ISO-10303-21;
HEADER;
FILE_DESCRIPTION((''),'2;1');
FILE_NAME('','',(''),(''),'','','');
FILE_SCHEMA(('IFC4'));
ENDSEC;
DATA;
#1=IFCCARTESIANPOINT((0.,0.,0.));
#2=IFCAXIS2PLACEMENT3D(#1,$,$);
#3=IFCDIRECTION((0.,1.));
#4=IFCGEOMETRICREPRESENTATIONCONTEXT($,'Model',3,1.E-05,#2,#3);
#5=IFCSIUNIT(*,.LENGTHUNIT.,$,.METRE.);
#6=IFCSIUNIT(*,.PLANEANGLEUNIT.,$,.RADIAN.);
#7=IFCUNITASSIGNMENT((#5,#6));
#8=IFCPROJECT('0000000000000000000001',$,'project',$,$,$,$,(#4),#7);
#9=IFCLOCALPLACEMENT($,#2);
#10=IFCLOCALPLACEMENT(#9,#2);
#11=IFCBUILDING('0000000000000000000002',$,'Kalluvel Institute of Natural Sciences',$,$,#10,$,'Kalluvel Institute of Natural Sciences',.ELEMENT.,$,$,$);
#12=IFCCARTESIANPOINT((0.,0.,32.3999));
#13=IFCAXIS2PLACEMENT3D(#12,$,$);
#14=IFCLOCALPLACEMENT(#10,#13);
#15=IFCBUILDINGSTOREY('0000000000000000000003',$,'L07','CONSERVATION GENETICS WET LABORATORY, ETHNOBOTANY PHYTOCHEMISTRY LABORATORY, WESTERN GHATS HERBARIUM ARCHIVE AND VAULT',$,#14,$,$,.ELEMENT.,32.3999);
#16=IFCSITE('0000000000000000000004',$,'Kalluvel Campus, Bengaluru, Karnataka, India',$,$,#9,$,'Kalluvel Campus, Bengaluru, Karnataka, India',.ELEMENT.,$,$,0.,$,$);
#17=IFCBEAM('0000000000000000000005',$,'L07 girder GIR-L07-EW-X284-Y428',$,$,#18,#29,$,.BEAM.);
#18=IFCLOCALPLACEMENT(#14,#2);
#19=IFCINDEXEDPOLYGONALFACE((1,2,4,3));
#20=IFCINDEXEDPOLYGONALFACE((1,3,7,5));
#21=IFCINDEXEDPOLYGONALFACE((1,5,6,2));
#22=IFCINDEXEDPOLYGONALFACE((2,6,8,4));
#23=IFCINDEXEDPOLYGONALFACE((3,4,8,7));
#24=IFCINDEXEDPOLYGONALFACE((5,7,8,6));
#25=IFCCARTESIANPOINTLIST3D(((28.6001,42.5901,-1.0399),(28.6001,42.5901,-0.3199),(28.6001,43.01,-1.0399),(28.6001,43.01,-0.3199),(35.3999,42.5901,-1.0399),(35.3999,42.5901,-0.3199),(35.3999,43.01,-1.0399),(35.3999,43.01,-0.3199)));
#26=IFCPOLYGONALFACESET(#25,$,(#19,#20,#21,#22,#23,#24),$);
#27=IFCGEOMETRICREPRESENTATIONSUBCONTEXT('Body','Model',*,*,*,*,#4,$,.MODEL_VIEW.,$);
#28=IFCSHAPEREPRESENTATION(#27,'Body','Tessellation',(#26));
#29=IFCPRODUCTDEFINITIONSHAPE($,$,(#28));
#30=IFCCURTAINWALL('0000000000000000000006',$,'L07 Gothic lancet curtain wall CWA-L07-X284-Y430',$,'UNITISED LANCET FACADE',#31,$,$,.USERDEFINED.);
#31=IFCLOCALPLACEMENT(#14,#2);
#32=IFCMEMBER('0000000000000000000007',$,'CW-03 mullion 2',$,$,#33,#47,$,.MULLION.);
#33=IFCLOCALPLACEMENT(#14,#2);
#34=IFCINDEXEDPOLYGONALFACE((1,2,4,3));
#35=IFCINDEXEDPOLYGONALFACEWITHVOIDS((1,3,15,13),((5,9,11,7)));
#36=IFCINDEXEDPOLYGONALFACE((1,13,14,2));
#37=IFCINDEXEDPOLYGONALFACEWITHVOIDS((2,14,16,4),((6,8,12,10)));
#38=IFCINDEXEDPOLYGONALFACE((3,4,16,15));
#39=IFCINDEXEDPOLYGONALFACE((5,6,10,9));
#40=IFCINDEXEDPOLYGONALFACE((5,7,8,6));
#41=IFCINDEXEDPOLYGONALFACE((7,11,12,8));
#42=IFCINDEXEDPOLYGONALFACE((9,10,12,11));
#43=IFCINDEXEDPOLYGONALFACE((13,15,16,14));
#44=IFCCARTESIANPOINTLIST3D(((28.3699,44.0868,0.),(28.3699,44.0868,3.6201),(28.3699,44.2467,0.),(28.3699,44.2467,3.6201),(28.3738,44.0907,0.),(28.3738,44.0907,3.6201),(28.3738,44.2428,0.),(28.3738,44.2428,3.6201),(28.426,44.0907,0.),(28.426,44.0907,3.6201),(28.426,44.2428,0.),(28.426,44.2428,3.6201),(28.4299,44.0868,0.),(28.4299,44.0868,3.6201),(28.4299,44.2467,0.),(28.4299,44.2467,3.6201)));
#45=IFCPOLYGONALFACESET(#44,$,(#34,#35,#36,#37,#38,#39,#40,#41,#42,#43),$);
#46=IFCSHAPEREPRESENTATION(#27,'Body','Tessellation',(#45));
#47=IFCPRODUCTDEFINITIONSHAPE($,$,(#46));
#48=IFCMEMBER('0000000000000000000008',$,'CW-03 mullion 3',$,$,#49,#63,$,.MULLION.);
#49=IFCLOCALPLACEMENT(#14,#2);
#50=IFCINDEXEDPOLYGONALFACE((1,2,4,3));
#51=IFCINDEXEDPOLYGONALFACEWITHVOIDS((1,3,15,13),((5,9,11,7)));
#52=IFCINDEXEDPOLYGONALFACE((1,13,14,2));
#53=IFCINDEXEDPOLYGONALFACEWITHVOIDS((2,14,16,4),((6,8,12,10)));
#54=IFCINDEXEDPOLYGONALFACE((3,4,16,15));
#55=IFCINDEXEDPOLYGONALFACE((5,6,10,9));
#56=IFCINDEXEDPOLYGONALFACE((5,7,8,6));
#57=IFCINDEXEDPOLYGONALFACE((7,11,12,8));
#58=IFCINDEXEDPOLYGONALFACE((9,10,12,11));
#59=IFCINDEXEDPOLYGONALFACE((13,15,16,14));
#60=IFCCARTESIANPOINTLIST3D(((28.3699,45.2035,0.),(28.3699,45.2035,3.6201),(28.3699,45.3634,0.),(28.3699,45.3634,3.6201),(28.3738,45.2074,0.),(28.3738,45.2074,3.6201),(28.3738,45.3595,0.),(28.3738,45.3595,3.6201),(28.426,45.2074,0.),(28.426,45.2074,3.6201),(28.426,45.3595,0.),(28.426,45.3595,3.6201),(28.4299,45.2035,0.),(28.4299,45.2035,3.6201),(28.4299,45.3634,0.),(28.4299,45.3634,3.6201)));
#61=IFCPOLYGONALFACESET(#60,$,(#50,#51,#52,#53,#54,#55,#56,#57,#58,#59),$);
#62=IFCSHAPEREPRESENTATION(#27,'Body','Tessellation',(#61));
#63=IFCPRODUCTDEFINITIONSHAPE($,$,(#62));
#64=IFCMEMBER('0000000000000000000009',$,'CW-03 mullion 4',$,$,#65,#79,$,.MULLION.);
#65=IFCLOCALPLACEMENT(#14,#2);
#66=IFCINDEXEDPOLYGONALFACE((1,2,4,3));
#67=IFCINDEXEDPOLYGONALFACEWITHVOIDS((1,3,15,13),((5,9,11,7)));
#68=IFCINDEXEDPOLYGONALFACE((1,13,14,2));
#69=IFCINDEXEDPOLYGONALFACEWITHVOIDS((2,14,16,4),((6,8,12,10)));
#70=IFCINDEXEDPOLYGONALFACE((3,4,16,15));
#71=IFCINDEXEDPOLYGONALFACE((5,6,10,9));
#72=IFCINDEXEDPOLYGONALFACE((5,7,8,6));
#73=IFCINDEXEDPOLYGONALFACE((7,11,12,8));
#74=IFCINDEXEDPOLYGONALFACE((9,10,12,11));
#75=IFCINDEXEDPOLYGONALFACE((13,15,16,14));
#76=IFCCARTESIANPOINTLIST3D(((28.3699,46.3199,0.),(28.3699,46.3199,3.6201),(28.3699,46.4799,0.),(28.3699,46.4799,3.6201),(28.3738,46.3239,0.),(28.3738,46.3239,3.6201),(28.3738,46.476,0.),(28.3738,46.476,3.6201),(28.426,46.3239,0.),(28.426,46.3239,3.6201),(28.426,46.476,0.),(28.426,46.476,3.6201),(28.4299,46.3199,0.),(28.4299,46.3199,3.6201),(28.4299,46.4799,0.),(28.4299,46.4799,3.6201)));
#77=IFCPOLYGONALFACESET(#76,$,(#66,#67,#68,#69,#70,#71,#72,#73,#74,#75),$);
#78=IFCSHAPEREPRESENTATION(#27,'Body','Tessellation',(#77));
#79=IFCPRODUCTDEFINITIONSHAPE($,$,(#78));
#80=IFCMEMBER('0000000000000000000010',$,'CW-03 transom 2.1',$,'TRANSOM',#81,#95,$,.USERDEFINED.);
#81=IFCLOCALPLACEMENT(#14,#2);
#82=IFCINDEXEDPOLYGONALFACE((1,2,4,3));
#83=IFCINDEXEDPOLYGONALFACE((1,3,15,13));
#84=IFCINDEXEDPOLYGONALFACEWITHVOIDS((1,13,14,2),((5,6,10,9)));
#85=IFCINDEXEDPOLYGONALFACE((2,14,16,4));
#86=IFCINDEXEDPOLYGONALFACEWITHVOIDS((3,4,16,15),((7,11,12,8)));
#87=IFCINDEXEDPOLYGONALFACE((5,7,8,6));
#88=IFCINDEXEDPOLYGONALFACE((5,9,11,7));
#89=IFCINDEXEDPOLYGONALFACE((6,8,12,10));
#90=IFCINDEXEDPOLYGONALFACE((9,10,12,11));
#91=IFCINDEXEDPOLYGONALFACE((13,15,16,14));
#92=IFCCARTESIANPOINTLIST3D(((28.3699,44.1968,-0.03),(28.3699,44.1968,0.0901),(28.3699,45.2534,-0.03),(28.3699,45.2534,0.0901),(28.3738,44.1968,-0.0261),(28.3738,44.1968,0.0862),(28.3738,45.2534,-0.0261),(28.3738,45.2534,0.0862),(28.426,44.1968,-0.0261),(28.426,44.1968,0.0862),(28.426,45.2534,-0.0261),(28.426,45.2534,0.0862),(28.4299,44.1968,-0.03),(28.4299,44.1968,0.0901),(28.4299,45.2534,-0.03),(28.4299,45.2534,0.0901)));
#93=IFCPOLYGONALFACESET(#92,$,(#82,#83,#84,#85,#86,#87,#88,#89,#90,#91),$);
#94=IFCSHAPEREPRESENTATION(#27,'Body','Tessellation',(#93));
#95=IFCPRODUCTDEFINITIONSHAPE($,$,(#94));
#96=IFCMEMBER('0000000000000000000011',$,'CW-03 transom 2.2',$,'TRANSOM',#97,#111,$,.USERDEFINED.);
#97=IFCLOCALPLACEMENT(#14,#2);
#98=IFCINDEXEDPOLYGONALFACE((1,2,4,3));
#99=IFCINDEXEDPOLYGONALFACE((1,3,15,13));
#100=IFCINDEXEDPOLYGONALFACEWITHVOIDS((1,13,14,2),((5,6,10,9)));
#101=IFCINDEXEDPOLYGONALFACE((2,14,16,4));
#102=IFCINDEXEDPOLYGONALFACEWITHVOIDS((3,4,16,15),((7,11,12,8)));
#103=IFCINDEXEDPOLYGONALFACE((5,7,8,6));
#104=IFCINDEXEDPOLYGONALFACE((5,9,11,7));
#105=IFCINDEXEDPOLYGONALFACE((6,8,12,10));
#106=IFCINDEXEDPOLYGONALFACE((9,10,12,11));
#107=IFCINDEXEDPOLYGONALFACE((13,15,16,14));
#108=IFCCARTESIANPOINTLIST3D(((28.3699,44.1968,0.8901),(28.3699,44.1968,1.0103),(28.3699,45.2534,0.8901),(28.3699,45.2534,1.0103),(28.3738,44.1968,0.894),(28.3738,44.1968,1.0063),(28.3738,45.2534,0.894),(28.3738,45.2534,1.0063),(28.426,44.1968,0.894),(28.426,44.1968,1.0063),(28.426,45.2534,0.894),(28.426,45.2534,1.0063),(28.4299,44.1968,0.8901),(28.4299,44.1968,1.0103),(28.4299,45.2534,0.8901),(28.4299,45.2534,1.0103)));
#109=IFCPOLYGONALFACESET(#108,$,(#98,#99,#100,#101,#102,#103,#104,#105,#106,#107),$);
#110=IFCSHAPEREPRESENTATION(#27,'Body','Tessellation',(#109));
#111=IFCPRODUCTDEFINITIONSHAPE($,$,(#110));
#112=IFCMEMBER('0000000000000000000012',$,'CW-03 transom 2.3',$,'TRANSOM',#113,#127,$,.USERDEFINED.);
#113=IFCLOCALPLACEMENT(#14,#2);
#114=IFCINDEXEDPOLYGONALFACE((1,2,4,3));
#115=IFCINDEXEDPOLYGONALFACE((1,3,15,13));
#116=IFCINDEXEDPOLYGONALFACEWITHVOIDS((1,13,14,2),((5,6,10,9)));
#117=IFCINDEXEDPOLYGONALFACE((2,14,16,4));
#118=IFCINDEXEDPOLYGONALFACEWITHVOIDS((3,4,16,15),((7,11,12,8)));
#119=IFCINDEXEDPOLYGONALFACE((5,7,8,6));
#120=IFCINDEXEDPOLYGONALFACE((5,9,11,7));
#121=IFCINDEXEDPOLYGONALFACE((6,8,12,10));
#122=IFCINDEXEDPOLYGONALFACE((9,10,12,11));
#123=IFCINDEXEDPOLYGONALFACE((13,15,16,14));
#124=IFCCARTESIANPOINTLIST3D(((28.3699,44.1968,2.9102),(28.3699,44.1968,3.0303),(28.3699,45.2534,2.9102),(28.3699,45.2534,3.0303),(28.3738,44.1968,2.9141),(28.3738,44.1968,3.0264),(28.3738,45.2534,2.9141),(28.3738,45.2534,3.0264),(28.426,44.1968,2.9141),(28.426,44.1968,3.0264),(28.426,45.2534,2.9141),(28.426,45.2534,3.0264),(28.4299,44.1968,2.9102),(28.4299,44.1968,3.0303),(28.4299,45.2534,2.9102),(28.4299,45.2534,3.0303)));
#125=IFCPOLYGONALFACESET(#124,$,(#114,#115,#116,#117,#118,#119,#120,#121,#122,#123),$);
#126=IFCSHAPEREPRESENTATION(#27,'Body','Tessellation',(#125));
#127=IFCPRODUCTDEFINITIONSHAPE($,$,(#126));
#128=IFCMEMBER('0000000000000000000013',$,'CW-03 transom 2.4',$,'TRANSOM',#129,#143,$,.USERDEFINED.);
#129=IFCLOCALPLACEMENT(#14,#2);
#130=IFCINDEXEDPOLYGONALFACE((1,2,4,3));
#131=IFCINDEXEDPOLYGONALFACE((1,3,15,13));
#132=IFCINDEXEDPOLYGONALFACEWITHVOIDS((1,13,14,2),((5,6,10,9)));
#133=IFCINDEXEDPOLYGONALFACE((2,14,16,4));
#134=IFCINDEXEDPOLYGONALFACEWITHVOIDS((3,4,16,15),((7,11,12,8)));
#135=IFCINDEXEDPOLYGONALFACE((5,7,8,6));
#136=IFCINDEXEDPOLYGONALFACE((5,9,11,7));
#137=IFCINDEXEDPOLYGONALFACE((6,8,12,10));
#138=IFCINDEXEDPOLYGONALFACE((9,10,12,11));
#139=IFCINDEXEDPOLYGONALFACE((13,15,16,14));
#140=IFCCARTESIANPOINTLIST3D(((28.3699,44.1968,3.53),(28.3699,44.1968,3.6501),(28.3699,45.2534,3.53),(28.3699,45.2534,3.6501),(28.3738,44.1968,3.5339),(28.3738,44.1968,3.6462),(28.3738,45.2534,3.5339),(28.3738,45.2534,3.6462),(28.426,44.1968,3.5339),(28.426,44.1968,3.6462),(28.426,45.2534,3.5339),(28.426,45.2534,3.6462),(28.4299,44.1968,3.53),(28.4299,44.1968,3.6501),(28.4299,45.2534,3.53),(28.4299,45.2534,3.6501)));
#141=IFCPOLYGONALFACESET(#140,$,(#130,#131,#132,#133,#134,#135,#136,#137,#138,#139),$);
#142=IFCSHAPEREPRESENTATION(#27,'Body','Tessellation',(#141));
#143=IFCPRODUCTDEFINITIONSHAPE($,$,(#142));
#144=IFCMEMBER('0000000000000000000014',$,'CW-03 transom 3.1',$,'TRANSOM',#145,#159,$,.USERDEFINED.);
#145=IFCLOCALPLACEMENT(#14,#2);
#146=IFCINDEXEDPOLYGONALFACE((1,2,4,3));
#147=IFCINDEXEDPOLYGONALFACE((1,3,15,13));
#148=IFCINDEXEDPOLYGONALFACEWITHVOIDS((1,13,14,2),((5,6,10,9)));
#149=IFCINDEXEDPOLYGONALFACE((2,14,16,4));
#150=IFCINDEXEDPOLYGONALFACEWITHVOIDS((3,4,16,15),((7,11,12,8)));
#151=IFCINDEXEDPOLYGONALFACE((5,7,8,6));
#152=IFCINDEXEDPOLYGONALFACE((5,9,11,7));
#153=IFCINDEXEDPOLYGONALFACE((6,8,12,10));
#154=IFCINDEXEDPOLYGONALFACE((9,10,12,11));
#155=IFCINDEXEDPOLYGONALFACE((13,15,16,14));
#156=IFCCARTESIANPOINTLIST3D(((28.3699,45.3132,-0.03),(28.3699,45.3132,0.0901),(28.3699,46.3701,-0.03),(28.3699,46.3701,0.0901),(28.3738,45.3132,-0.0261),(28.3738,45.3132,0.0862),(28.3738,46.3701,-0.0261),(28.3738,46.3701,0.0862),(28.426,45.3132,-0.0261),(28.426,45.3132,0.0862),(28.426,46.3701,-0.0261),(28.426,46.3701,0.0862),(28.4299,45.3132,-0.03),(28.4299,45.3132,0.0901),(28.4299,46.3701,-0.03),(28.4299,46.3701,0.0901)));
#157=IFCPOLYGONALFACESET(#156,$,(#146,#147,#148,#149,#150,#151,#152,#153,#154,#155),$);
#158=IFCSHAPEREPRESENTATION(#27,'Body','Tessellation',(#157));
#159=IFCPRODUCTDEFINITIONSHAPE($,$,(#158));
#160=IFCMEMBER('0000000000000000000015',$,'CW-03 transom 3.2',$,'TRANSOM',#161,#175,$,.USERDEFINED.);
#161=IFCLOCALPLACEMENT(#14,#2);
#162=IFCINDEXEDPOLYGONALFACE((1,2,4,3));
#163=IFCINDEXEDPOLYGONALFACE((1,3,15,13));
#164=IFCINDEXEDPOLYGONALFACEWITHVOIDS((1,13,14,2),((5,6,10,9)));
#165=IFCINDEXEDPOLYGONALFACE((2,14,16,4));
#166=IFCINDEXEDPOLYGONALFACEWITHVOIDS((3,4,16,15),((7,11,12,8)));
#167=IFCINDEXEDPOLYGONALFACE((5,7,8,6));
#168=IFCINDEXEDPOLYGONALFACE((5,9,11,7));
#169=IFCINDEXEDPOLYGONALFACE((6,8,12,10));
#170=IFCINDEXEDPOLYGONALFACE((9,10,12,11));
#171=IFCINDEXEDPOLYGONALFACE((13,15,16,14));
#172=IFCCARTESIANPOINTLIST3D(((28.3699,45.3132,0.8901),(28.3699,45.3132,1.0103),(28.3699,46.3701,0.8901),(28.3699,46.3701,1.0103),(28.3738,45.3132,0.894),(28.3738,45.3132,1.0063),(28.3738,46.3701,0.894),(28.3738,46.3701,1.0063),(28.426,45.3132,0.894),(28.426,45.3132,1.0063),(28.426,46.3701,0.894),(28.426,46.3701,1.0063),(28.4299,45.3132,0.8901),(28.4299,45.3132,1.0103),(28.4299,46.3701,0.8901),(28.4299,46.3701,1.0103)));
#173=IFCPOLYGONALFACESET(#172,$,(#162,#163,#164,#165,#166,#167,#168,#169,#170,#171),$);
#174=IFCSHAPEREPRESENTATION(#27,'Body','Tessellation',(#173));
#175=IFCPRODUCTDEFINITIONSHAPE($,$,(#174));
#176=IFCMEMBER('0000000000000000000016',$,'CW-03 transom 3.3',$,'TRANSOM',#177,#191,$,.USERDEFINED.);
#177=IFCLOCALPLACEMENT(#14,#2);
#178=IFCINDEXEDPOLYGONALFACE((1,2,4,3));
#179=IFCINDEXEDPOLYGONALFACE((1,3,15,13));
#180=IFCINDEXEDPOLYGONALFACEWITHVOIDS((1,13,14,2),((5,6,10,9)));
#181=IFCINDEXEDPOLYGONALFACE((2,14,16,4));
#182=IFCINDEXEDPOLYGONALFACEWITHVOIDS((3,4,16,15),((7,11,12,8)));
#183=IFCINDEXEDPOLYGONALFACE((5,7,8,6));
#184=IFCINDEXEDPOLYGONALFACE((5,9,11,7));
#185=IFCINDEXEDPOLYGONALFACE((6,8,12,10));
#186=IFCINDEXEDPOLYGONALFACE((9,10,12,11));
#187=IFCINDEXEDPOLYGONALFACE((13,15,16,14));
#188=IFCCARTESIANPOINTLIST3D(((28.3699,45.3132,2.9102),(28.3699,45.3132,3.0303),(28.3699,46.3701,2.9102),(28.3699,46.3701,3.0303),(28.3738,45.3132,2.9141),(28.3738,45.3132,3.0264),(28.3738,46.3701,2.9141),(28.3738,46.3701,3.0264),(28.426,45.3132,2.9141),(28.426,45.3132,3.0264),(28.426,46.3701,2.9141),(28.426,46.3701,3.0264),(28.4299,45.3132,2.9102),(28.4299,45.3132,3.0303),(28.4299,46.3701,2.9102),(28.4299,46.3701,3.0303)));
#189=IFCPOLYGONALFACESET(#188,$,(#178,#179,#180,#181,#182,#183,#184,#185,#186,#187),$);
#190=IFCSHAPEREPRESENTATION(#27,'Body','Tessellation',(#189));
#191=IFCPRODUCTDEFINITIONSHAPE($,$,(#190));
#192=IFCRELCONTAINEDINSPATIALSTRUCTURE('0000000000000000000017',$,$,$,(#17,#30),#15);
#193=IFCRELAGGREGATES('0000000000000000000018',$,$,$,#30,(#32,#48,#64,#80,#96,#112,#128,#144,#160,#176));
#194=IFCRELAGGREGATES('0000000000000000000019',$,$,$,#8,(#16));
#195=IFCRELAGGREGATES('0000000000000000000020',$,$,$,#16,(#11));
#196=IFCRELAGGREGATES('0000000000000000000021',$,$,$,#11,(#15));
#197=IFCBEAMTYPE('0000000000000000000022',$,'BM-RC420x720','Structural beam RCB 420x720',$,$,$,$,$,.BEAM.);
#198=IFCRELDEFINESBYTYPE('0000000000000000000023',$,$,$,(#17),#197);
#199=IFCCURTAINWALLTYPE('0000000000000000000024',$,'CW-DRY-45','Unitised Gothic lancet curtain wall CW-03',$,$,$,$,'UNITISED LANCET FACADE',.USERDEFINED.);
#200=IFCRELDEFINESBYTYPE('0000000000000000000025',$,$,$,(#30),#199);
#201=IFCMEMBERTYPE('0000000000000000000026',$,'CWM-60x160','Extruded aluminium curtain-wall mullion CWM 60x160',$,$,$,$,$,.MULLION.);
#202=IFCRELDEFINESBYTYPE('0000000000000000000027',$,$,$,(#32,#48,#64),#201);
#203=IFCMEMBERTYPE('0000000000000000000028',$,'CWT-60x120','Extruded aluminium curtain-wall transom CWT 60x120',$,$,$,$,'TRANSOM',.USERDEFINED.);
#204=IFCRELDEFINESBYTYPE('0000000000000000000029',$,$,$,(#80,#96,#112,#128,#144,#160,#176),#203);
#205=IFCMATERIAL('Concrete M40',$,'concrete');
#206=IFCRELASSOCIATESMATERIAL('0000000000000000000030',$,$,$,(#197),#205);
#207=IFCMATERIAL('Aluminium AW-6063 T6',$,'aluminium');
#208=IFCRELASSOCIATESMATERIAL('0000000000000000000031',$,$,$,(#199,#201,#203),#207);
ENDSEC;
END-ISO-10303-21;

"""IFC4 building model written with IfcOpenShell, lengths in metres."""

from ifc_helpers import new_model, si_unit, direction, frame, origin, origin_2d, place, context, subcontext, project, spatial, rectangle, hollow_rectangle, extrude, material, material_profile, profile_set, type_object, element, aggregate, save


model = new_model("IFC4")

# Units and contexts
model_context = context("Model", 3, precision=1e-05, world=origin(), true_north=direction((0.0, 1.0)))
body_context = subcontext(model_context, "Body", "Model", "MODEL_VIEW")
ifc_project = project(units=[si_unit("LENGTHUNIT", "METRE"), si_unit("PLANEANGLEUNIT", "RADIAN")], contexts=[model_context])

# Site, building, storey
site_placement = place(None, origin())
site = spatial("IfcSite", under=ifc_project, at=site_placement, Name="Kalluvel Campus, Bengaluru, Karnataka, India", LongName="Kalluvel Campus, Bengaluru, Karnataka, India", CompositionType="ELEMENT", RefElevation=0.0)
building_placement = place(site_placement, origin())
building = spatial("IfcBuilding", under=site, at=building_placement, Name="Kalluvel Institute of Natural Sciences", LongName="Kalluvel Institute of Natural Sciences", CompositionType="ELEMENT")
storey_placement = place(building_placement, frame((0.0, 0.0, 32.3999)))
storey = spatial("IfcBuildingStorey", under=building, at=storey_placement, Name="L07", Description="CONSERVATION GENETICS WET LABORATORY, ETHNOBOTANY PHYTOCHEMISTRY LABORATORY, WESTERN GHATS HERBARIUM ARCHIVE AND VAULT", CompositionType="ELEMENT", Elevation=32.3999)

# Beam
ifc_material_1 = material(Name="Concrete M40", Category="concrete")
ifc_material_profile_1 = material_profile(ifc_material_1, rectangle(XDim=0.4199, YDim=0.72, at=origin_2d()), Name="RCB 420x720")
ifc_profile_set_1 = profile_set([ifc_material_profile_1], Name="Concrete M40")
beam_type = type_object("IfcBeamType", Name="BM-RC420x720", Description="Structural beam RCB 420x720", PredefinedType="BEAM", material=ifc_profile_set_1)
beam_placement = place(storey_placement, frame((28.6001, 42.8, -0.6799), z_axis=(1.0, 0.0, 0.0), x_axis=(0.0, 1.0, 0.0)))
element("IfcBeam", 1, at=beam_placement, inside=storey, type_object=beam_type, Name="L07 girder GIR-L07-EW-X284-Y428", PredefinedType="BEAM", context=body_context, shape_type="SweptSolid", body=[
    extrude(rectangle(XDim=0.4199, YDim=0.72, at=origin_2d()), origin(), (0.0, 0.0, 1.0), 6.7998),
])

# Curtain wall, members
ifc_material_2 = material(Name="Aluminium AW-6063 T6", Category="aluminium")
curtain_wall_type = type_object("IfcCurtainWallType", Name="CW-DRY-45", Description="Unitised Gothic lancet curtain wall CW-03", ElementType="UNITISED LANCET FACADE", PredefinedType="USERDEFINED", material=ifc_material_2)
curtain_wall_placement = place(storey_placement, origin())
curtain_wall = element("IfcCurtainWall", 2, at=curtain_wall_placement, inside=storey, type_object=curtain_wall_type, Name="L07 Gothic lancet curtain wall CWA-L07-X284-Y430", ObjectType="UNITISED LANCET FACADE", PredefinedType="USERDEFINED")
ifc_material_profile_2 = material_profile(ifc_material_2, hollow_rectangle(XDim=0.0601, YDim=0.1599, WallThickness=0.0039, at=origin_2d()), Name="CWM 60x160")
ifc_profile_set_2 = profile_set([ifc_material_profile_2], Name="Aluminium AW-6063 T6")
member_type_1 = type_object("IfcMemberType", Name="CWM-60x160", Description="Extruded aluminium curtain-wall mullion CWM 60x160", PredefinedType="MULLION", material=ifc_profile_set_2)
member_1_placement = place(storey_placement, frame((28.3999, 44.1667, 0.0), z_axis=(0.0, 0.0, 1.0), x_axis=(-1.0, 0.0, 0.0)))
member_1 = element("IfcMember", 3, at=member_1_placement, type_object=member_type_1, Name="CW-03 mullion 2", PredefinedType="MULLION", context=body_context, shape_type="SweptSolid", body=[
    extrude(hollow_rectangle(XDim=0.0601, YDim=0.1599, WallThickness=0.0039, at=origin_2d()), origin(), (0.0, 0.0, 1.0), 3.6201),
])
member_2_placement = place(storey_placement, frame((28.3999, 45.2834, 0.0), z_axis=(0.0, 0.0, 1.0), x_axis=(-1.0, 0.0, 0.0)))
member_2 = element("IfcMember", 4, at=member_2_placement, type_object=member_type_1, Name="CW-03 mullion 3", PredefinedType="MULLION", context=body_context, shape_type="SweptSolid", body=[
    extrude(hollow_rectangle(XDim=0.0601, YDim=0.1599, WallThickness=0.0039, at=origin_2d()), origin(), (0.0, 0.0, 1.0), 3.6201),
])
member_3_placement = place(storey_placement, frame((28.3999, 46.3999, 0.0), z_axis=(0.0, 0.0, 1.0), x_axis=(-1.0, 0.0, 0.0)))
member_3 = element("IfcMember", 5, at=member_3_placement, type_object=member_type_1, Name="CW-03 mullion 4", PredefinedType="MULLION", context=body_context, shape_type="SweptSolid", body=[
    extrude(hollow_rectangle(XDim=0.0601, YDim=0.1599, WallThickness=0.0039, at=origin_2d()), origin(), (0.0, 0.0, 1.0), 3.6201),
])
ifc_material_profile_3 = material_profile(ifc_material_2, hollow_rectangle(XDim=0.0601, YDim=0.1201, WallThickness=0.0039, at=origin_2d()), Name="CWT 60x120")
ifc_profile_set_3 = profile_set([ifc_material_profile_3], Name="Aluminium AW-6063 T6")
member_type_2 = type_object("IfcMemberType", Name="CWT-60x120", Description="Extruded aluminium curtain-wall transom CWT 60x120", ElementType="TRANSOM", PredefinedType="USERDEFINED", material=ifc_profile_set_3)
member_4_placement = place(storey_placement, frame((28.3999, 44.1968, 0.03), z_axis=(0.0, 1.0, 0.0), x_axis=(-1.0, 0.0, 0.0)))
member_4 = element("IfcMember", 6, at=member_4_placement, type_object=member_type_2, Name="CW-03 transom 2.1", ObjectType="TRANSOM", PredefinedType="USERDEFINED", context=body_context, shape_type="SweptSolid", body=[
    extrude(hollow_rectangle(XDim=0.0601, YDim=0.1201, WallThickness=0.0039, at=origin_2d()), origin(), (0.0, 0.0, 1.0), 1.0566),
])
member_5_placement = place(storey_placement, frame((28.3999, 44.1968, 0.9502), z_axis=(0.0, 1.0, 0.0), x_axis=(-1.0, 0.0, 0.0)))
member_5 = element("IfcMember", 7, at=member_5_placement, type_object=member_type_2, Name="CW-03 transom 2.2", ObjectType="TRANSOM", PredefinedType="USERDEFINED", context=body_context, shape_type="SweptSolid", body=[
    extrude(hollow_rectangle(XDim=0.0601, YDim=0.1201, WallThickness=0.0039, at=origin_2d()), origin(), (0.0, 0.0, 1.0), 1.0566),
])
member_6_placement = place(storey_placement, frame((28.3999, 44.1968, 2.9702), z_axis=(0.0, 1.0, 0.0), x_axis=(-1.0, 0.0, 0.0)))
member_6 = element("IfcMember", 8, at=member_6_placement, type_object=member_type_2, Name="CW-03 transom 2.3", ObjectType="TRANSOM", PredefinedType="USERDEFINED", context=body_context, shape_type="SweptSolid", body=[
    extrude(hollow_rectangle(XDim=0.0601, YDim=0.1201, WallThickness=0.0039, at=origin_2d()), origin(), (0.0, 0.0, 1.0), 1.0566),
])
member_7_placement = place(storey_placement, frame((28.3999, 44.1968, 3.5901), z_axis=(0.0, 1.0, 0.0), x_axis=(-1.0, 0.0, 0.0)))
member_7 = element("IfcMember", 9, at=member_7_placement, type_object=member_type_2, Name="CW-03 transom 2.4", ObjectType="TRANSOM", PredefinedType="USERDEFINED", context=body_context, shape_type="SweptSolid", body=[
    extrude(hollow_rectangle(XDim=0.0601, YDim=0.1201, WallThickness=0.0039, at=origin_2d()), origin(), (0.0, 0.0, 1.0), 1.0566),
])
member_8_placement = place(storey_placement, frame((28.3999, 45.3132, 0.03), z_axis=(0.0, 1.0, 0.0), x_axis=(-1.0, 0.0, 0.0)))
member_8 = element("IfcMember", 10, at=member_8_placement, type_object=member_type_2, Name="CW-03 transom 3.1", ObjectType="TRANSOM", PredefinedType="USERDEFINED", context=body_context, shape_type="SweptSolid", body=[
    extrude(hollow_rectangle(XDim=0.0601, YDim=0.1201, WallThickness=0.0039, at=origin_2d()), origin(), (0.0, 0.0, 1.0), 1.0569),
])
member_9_placement = place(storey_placement, frame((28.3999, 45.3132, 0.9502), z_axis=(0.0, 1.0, 0.0), x_axis=(-1.0, 0.0, 0.0)))
member_9 = element("IfcMember", 11, at=member_9_placement, type_object=member_type_2, Name="CW-03 transom 3.2", ObjectType="TRANSOM", PredefinedType="USERDEFINED", context=body_context, shape_type="SweptSolid", body=[
    extrude(hollow_rectangle(XDim=0.0601, YDim=0.1201, WallThickness=0.0039, at=origin_2d()), origin(), (0.0, 0.0, 1.0), 1.0569),
])
member_10_placement = place(storey_placement, frame((28.3999, 45.3132, 2.9702), z_axis=(0.0, 1.0, 0.0), x_axis=(-1.0, 0.0, 0.0)))
member_10 = element("IfcMember", 12, at=member_10_placement, type_object=member_type_2, Name="CW-03 transom 3.3", ObjectType="TRANSOM", PredefinedType="USERDEFINED", context=body_context, shape_type="SweptSolid", body=[
    extrude(hollow_rectangle(XDim=0.0601, YDim=0.1201, WallThickness=0.0039, at=origin_2d()), origin(), (0.0, 0.0, 1.0), 1.0569),
])
aggregate(curtain_wall, [member_1, member_2, member_3, member_4, member_5, member_6, member_7, member_8, member_9, member_10])

save(model, "model.ifc")
